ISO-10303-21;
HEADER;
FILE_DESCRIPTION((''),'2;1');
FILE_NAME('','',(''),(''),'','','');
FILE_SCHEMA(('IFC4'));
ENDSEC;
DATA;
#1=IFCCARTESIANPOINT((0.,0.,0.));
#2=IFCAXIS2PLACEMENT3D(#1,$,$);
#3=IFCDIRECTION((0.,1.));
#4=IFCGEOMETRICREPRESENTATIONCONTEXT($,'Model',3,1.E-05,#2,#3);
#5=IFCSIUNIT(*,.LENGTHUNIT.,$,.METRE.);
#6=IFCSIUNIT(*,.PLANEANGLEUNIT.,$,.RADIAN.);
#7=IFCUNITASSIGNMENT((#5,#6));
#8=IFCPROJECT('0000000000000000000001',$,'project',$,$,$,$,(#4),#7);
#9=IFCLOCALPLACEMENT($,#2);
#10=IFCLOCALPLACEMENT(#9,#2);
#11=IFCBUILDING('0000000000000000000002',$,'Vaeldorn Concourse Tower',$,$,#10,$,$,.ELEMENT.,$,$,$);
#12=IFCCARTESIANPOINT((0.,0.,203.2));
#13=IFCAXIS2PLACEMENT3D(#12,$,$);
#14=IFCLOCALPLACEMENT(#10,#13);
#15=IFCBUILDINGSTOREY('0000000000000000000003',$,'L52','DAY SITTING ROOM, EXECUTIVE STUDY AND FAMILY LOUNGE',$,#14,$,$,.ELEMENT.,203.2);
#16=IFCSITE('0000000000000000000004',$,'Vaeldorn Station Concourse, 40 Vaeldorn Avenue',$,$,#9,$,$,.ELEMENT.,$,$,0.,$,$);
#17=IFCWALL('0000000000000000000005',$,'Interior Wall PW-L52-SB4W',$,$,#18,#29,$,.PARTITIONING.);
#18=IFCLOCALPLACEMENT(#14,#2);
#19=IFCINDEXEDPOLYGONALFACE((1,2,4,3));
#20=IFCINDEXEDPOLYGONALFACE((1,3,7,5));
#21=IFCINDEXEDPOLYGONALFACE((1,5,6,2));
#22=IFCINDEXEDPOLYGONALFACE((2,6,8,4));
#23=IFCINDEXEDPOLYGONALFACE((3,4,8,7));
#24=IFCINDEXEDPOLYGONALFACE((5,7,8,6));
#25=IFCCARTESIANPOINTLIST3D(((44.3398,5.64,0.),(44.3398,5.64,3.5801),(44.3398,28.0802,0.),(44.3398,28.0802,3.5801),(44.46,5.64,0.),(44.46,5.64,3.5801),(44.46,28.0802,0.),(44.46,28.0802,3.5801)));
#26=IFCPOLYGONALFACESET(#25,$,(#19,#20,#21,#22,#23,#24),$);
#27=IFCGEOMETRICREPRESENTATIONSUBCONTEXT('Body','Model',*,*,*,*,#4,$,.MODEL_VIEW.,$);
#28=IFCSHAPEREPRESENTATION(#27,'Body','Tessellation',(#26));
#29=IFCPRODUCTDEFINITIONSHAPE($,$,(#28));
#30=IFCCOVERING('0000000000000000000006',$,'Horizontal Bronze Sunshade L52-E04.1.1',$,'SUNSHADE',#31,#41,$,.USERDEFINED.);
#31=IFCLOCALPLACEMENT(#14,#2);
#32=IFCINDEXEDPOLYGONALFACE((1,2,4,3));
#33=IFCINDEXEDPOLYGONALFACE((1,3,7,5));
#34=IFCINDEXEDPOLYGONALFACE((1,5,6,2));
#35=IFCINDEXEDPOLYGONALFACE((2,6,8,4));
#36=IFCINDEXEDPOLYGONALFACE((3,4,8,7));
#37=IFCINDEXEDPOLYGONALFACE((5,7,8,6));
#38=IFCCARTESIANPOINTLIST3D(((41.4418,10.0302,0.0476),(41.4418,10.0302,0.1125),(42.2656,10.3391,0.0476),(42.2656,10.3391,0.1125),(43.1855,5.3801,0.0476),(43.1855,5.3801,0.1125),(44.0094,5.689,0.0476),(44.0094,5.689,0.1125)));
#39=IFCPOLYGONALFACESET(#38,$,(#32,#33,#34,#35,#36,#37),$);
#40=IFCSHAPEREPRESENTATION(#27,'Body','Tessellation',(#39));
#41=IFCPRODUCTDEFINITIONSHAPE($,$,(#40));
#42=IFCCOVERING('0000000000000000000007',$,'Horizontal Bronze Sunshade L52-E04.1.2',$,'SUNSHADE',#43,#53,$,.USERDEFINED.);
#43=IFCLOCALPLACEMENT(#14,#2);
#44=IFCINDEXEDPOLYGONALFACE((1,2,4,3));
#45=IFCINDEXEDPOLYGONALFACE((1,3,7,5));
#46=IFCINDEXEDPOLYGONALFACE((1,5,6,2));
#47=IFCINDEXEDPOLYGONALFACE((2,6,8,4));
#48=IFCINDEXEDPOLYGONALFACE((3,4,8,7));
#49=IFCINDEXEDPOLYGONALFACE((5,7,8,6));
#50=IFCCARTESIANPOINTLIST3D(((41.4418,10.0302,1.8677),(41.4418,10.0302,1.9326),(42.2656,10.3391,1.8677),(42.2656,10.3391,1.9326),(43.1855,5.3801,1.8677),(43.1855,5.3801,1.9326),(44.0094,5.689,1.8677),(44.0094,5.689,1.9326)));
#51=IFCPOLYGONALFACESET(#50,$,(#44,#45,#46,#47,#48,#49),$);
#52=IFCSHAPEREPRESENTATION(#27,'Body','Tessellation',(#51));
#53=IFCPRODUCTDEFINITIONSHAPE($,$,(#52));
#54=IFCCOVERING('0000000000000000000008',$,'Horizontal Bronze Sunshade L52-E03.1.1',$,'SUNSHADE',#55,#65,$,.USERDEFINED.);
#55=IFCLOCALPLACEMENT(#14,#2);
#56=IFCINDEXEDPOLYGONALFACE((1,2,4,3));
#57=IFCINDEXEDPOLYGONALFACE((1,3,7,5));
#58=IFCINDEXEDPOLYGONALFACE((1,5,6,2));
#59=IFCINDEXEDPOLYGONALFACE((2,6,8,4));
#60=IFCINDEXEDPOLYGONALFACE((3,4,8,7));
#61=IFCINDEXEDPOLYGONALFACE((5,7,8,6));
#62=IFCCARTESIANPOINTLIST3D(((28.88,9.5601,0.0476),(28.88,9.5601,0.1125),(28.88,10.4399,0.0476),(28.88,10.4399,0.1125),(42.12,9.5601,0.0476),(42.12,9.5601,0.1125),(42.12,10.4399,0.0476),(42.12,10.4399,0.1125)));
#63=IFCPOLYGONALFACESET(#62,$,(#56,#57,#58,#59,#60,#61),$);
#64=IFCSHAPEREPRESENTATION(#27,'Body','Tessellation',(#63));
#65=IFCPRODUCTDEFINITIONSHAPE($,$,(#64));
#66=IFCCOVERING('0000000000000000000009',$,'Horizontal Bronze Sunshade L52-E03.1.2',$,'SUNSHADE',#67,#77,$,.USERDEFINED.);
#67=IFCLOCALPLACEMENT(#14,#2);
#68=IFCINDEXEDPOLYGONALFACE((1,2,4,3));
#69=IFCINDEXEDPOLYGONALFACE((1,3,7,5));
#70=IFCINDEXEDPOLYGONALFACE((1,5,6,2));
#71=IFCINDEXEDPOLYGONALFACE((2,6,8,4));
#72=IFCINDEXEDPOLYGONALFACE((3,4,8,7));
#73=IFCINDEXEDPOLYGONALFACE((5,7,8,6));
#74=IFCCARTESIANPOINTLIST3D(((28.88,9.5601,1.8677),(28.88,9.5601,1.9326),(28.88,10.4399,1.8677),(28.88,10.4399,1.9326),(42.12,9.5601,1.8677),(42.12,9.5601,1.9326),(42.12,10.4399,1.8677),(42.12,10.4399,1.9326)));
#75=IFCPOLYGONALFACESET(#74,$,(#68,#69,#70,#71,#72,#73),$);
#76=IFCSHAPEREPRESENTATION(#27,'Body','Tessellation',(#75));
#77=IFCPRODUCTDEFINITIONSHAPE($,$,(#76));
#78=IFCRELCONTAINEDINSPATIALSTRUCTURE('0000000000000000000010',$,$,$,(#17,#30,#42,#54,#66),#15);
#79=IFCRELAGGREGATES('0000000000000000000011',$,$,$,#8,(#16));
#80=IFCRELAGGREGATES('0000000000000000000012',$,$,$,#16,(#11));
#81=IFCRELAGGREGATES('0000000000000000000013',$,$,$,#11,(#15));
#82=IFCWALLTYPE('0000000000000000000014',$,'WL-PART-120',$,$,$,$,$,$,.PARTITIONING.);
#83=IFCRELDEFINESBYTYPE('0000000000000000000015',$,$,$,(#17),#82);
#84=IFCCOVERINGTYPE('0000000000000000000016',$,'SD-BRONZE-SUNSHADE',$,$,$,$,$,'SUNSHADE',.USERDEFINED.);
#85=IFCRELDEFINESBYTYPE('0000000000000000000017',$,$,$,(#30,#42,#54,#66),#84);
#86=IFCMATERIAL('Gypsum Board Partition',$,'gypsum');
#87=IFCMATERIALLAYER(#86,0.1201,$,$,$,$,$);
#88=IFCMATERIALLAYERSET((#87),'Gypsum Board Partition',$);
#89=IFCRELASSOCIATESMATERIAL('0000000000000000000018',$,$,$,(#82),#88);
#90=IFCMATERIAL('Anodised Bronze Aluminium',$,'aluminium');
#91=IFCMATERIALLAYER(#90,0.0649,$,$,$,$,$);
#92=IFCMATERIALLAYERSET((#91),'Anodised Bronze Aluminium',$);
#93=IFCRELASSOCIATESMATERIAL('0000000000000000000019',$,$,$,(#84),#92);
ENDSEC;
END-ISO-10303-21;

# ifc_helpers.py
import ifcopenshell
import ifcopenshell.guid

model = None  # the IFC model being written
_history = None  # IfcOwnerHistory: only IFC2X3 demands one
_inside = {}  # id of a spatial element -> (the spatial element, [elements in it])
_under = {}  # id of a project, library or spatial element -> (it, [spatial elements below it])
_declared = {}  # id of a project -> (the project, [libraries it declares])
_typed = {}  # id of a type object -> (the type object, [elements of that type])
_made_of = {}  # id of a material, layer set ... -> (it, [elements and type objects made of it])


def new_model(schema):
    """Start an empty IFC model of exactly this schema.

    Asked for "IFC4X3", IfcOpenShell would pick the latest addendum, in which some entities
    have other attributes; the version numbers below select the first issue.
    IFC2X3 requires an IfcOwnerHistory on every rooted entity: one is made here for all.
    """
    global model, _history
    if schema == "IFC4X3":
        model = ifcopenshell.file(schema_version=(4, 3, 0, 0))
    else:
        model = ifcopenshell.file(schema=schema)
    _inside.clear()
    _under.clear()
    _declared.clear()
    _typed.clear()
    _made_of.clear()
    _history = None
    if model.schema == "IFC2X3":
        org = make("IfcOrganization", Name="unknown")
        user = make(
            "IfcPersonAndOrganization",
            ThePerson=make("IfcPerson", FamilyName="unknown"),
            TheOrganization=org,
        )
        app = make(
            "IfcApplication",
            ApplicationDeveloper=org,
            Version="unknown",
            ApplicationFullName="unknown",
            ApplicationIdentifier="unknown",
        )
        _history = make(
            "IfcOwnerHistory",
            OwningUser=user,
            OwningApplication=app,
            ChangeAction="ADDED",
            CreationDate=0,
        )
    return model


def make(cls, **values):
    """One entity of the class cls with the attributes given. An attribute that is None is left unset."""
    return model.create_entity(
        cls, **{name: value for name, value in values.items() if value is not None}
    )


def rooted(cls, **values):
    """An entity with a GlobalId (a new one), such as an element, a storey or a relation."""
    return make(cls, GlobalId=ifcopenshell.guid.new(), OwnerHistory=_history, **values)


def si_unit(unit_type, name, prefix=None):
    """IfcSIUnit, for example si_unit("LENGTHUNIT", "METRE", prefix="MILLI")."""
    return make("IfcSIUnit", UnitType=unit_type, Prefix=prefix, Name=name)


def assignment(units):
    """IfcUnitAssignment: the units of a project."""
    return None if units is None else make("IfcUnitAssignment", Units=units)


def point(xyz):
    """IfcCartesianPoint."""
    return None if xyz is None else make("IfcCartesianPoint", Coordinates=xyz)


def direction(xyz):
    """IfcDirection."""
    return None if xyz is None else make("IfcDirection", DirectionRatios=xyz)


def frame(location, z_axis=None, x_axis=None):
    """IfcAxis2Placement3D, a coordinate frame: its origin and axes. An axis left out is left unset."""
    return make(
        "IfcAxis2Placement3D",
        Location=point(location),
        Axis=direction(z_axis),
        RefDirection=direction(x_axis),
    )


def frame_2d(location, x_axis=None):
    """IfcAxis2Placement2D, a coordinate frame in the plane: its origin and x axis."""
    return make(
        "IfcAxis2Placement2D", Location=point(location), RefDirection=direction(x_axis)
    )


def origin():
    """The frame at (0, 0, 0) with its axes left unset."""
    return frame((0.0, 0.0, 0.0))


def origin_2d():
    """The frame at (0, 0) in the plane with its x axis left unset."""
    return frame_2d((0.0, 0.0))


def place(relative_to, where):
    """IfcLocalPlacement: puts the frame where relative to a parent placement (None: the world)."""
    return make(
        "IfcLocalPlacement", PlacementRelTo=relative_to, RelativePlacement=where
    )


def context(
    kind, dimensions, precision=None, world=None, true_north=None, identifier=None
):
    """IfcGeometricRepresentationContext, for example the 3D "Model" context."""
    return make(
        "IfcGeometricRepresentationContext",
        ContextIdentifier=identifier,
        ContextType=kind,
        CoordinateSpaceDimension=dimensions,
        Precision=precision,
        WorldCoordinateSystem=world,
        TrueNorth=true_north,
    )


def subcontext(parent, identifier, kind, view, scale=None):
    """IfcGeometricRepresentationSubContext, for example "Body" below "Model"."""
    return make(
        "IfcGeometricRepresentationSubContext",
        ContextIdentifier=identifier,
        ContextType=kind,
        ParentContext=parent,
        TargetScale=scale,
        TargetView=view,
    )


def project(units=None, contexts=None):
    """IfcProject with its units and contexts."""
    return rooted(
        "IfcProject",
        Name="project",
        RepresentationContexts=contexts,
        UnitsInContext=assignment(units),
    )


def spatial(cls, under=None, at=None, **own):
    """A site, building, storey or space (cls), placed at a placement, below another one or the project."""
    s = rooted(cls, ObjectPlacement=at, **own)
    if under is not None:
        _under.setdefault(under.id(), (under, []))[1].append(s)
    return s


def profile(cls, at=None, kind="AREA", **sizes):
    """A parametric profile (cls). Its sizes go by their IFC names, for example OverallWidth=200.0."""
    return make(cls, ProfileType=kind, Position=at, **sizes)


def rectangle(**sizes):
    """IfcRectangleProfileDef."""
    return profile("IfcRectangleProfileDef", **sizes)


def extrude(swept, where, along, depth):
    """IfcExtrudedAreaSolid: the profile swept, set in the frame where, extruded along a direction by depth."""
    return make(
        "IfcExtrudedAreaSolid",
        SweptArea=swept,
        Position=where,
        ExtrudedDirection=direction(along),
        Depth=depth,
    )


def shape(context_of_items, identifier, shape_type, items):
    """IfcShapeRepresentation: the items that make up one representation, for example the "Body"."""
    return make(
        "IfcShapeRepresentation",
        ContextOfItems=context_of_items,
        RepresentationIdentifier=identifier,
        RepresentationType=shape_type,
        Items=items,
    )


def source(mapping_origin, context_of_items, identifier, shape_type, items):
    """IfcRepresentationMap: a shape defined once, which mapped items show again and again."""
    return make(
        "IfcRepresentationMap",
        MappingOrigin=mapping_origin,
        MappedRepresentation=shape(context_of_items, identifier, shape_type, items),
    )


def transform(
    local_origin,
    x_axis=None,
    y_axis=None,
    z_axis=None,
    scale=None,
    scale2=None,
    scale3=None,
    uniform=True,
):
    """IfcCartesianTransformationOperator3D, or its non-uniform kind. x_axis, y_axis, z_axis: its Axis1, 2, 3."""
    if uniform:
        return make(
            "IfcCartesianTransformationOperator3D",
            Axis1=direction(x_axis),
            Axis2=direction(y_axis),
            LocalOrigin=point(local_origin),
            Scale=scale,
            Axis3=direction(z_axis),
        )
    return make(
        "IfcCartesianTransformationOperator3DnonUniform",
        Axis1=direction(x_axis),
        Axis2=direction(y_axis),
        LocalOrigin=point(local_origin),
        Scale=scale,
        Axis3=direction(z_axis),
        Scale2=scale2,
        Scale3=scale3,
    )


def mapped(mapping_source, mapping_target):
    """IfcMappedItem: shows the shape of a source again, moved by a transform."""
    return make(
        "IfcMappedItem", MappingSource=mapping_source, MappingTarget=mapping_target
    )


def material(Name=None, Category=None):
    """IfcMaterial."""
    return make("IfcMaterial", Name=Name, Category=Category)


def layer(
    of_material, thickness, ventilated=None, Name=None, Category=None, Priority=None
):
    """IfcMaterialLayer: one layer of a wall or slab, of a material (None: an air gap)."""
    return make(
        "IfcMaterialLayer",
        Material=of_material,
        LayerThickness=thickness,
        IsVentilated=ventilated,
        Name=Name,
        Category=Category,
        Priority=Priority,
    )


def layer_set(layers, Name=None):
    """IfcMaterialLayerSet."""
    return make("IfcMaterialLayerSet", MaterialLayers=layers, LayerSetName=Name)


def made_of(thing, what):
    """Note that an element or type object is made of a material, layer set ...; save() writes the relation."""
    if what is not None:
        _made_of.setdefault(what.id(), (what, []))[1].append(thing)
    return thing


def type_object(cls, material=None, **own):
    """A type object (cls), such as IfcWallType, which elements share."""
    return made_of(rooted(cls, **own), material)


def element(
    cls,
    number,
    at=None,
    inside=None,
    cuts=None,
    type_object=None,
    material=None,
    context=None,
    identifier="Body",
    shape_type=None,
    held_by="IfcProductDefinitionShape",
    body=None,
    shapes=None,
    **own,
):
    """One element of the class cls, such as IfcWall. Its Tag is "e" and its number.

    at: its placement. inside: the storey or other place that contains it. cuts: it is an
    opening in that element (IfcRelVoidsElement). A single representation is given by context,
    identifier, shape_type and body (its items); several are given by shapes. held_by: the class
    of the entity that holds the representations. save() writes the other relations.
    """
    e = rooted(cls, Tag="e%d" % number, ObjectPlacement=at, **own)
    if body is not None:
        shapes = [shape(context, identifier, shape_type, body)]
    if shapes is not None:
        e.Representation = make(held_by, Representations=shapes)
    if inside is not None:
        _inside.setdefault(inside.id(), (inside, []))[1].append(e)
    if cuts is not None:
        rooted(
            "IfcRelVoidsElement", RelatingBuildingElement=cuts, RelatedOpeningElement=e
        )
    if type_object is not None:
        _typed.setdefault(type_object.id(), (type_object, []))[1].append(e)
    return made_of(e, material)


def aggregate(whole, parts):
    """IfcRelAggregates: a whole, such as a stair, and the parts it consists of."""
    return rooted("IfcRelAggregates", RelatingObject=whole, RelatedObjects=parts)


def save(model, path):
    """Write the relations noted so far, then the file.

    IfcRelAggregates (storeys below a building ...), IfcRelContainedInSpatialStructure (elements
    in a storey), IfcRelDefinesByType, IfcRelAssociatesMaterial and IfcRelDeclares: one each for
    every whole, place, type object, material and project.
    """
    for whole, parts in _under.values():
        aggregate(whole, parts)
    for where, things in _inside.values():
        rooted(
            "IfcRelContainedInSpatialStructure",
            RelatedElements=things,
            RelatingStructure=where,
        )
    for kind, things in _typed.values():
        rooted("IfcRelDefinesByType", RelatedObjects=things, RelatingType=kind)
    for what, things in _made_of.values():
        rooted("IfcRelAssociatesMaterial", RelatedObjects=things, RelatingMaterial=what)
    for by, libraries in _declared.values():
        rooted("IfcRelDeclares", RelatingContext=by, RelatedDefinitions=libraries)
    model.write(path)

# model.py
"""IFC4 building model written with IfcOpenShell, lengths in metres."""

from ifc_helpers import new_model, si_unit, direction, frame, frame_2d, origin, origin_2d, place, context, subcontext, project, spatial, rectangle, extrude, source, transform, mapped, material, layer, layer_set, type_object, element, save


model = new_model("IFC4")

# Units and contexts
model_context = context("Model", 3, precision=1e-05, world=origin(), true_north=direction((0.0, 1.0)))
body_context = subcontext(model_context, "Body", "Model", "MODEL_VIEW")
ifc_project = project(units=[si_unit("LENGTHUNIT", "METRE"), si_unit("PLANEANGLEUNIT", "RADIAN")], contexts=[model_context])

# Site, building, storey
site_placement = place(None, origin())
site = spatial("IfcSite", under=ifc_project, at=site_placement, Name="Vaeldorn Station Concourse, 40 Vaeldorn Avenue", CompositionType="ELEMENT", RefElevation=0.0)
building_placement = place(site_placement, origin())
building = spatial("IfcBuilding", under=site, at=building_placement, Name="Vaeldorn Concourse Tower", CompositionType="ELEMENT")
storey_placement = place(building_placement, frame((0.0, 0.0, 203.2)))
storey = spatial("IfcBuildingStorey", under=building, at=storey_placement, Name="L52", Description="DAY SITTING ROOM, EXECUTIVE STUDY AND FAMILY LOUNGE", CompositionType="ELEMENT", Elevation=203.2)

# Shared definitions
ifc_material_1 = material(Name="Anodised Bronze Aluminium", Category="aluminium")

# Wall
ifc_material_2 = material(Name="Gypsum Board Partition", Category="gypsum")
ifc_layer_1 = layer(ifc_material_2, 0.1201)
ifc_layer_set_1 = layer_set([ifc_layer_1], Name="Gypsum Board Partition")
wall_type = type_object("IfcWallType", Name="WL-PART-120", PredefinedType="PARTITIONING", material=ifc_layer_set_1)
wall_placement = place(storey_placement, frame((44.3999, 5.6399, 0.0), z_axis=(0.0, 0.0, 1.0), x_axis=(0.0, 1.0, 0.0)))
element("IfcWall", 1, at=wall_placement, inside=storey, type_object=wall_type, Name="Interior Wall PW-L52-SB4W", PredefinedType="PARTITIONING", context=body_context, shape_type="SweptSolid", body=[
    extrude(rectangle(XDim=22.4402, YDim=0.1201, at=frame_2d((11.2202, 0.0))), origin(), (0.0, 0.0, 1.0), 3.5801),
])

# Coverings
ifc_layer_2 = layer(ifc_material_1, 0.0649)
ifc_layer_set_2 = layer_set([ifc_layer_2], Name="Anodised Bronze Aluminium")
covering_type = type_object("IfcCoveringType", Name="SD-BRONZE-SUNSHADE", ElementType="SUNSHADE", PredefinedType="USERDEFINED", material=ifc_layer_set_2)
shared_shape_1 = source(origin(), body_context, "Body", "SweptSolid", [
    extrude(rectangle(XDim=4.9663, YDim=0.8799, at=origin_2d()), origin(), (0.0, 0.0, 1.0), 0.0649),
])
for number, where, z_axis, x_axis, name in (
    (2, (42.7256, 7.8596, 0.0476), (0.0, 0.0, 1.0), (0.351123, -0.936329, 0.0), "Horizontal Bronze Sunshade L52-E04.1.1"),
    (3, (42.7256, 7.8596, 1.8677), (0.0, 0.0, 1.0), (0.351123, -0.936329, 0.0), "Horizontal Bronze Sunshade L52-E04.1.2"),
):
    element("IfcCovering", number, at=place(storey_placement, frame(where, z_axis=z_axis, x_axis=x_axis)), inside=storey, type_object=covering_type, Name=name, ObjectType="SUNSHADE", PredefinedType="USERDEFINED", context=body_context, shape_type="MappedRepresentation", body=[
        mapped(shared_shape_1, transform((0.0, 0.0, 0.0), scale=1.0)),
    ])
shared_shape_2 = source(origin(), body_context, "Body", "SweptSolid", [
    extrude(rectangle(XDim=13.24, YDim=0.8799, at=origin_2d()), origin(), (0.0, 0.0, 1.0), 0.0649),
])
for number, where, z_axis, x_axis, name in (
    (4, (35.5, 10.0, 0.0476), (0.0, 0.0, 1.0), (1.0, 0.0, 0.0), "Horizontal Bronze Sunshade L52-E03.1.1"),
    (5, (35.5, 10.0, 1.8677), (0.0, 0.0, 1.0), (1.0, 0.0, 0.0), "Horizontal Bronze Sunshade L52-E03.1.2"),
):
    element("IfcCovering", number, at=place(storey_placement, frame(where, z_axis=z_axis, x_axis=x_axis)), inside=storey, type_object=covering_type, Name=name, ObjectType="SUNSHADE", PredefinedType="USERDEFINED", context=body_context, shape_type="MappedRepresentation", body=[
        mapped(shared_shape_2, transform((0.0, 0.0, 0.0), scale=1.0)),
    ])

save(model, "model.ifc")
